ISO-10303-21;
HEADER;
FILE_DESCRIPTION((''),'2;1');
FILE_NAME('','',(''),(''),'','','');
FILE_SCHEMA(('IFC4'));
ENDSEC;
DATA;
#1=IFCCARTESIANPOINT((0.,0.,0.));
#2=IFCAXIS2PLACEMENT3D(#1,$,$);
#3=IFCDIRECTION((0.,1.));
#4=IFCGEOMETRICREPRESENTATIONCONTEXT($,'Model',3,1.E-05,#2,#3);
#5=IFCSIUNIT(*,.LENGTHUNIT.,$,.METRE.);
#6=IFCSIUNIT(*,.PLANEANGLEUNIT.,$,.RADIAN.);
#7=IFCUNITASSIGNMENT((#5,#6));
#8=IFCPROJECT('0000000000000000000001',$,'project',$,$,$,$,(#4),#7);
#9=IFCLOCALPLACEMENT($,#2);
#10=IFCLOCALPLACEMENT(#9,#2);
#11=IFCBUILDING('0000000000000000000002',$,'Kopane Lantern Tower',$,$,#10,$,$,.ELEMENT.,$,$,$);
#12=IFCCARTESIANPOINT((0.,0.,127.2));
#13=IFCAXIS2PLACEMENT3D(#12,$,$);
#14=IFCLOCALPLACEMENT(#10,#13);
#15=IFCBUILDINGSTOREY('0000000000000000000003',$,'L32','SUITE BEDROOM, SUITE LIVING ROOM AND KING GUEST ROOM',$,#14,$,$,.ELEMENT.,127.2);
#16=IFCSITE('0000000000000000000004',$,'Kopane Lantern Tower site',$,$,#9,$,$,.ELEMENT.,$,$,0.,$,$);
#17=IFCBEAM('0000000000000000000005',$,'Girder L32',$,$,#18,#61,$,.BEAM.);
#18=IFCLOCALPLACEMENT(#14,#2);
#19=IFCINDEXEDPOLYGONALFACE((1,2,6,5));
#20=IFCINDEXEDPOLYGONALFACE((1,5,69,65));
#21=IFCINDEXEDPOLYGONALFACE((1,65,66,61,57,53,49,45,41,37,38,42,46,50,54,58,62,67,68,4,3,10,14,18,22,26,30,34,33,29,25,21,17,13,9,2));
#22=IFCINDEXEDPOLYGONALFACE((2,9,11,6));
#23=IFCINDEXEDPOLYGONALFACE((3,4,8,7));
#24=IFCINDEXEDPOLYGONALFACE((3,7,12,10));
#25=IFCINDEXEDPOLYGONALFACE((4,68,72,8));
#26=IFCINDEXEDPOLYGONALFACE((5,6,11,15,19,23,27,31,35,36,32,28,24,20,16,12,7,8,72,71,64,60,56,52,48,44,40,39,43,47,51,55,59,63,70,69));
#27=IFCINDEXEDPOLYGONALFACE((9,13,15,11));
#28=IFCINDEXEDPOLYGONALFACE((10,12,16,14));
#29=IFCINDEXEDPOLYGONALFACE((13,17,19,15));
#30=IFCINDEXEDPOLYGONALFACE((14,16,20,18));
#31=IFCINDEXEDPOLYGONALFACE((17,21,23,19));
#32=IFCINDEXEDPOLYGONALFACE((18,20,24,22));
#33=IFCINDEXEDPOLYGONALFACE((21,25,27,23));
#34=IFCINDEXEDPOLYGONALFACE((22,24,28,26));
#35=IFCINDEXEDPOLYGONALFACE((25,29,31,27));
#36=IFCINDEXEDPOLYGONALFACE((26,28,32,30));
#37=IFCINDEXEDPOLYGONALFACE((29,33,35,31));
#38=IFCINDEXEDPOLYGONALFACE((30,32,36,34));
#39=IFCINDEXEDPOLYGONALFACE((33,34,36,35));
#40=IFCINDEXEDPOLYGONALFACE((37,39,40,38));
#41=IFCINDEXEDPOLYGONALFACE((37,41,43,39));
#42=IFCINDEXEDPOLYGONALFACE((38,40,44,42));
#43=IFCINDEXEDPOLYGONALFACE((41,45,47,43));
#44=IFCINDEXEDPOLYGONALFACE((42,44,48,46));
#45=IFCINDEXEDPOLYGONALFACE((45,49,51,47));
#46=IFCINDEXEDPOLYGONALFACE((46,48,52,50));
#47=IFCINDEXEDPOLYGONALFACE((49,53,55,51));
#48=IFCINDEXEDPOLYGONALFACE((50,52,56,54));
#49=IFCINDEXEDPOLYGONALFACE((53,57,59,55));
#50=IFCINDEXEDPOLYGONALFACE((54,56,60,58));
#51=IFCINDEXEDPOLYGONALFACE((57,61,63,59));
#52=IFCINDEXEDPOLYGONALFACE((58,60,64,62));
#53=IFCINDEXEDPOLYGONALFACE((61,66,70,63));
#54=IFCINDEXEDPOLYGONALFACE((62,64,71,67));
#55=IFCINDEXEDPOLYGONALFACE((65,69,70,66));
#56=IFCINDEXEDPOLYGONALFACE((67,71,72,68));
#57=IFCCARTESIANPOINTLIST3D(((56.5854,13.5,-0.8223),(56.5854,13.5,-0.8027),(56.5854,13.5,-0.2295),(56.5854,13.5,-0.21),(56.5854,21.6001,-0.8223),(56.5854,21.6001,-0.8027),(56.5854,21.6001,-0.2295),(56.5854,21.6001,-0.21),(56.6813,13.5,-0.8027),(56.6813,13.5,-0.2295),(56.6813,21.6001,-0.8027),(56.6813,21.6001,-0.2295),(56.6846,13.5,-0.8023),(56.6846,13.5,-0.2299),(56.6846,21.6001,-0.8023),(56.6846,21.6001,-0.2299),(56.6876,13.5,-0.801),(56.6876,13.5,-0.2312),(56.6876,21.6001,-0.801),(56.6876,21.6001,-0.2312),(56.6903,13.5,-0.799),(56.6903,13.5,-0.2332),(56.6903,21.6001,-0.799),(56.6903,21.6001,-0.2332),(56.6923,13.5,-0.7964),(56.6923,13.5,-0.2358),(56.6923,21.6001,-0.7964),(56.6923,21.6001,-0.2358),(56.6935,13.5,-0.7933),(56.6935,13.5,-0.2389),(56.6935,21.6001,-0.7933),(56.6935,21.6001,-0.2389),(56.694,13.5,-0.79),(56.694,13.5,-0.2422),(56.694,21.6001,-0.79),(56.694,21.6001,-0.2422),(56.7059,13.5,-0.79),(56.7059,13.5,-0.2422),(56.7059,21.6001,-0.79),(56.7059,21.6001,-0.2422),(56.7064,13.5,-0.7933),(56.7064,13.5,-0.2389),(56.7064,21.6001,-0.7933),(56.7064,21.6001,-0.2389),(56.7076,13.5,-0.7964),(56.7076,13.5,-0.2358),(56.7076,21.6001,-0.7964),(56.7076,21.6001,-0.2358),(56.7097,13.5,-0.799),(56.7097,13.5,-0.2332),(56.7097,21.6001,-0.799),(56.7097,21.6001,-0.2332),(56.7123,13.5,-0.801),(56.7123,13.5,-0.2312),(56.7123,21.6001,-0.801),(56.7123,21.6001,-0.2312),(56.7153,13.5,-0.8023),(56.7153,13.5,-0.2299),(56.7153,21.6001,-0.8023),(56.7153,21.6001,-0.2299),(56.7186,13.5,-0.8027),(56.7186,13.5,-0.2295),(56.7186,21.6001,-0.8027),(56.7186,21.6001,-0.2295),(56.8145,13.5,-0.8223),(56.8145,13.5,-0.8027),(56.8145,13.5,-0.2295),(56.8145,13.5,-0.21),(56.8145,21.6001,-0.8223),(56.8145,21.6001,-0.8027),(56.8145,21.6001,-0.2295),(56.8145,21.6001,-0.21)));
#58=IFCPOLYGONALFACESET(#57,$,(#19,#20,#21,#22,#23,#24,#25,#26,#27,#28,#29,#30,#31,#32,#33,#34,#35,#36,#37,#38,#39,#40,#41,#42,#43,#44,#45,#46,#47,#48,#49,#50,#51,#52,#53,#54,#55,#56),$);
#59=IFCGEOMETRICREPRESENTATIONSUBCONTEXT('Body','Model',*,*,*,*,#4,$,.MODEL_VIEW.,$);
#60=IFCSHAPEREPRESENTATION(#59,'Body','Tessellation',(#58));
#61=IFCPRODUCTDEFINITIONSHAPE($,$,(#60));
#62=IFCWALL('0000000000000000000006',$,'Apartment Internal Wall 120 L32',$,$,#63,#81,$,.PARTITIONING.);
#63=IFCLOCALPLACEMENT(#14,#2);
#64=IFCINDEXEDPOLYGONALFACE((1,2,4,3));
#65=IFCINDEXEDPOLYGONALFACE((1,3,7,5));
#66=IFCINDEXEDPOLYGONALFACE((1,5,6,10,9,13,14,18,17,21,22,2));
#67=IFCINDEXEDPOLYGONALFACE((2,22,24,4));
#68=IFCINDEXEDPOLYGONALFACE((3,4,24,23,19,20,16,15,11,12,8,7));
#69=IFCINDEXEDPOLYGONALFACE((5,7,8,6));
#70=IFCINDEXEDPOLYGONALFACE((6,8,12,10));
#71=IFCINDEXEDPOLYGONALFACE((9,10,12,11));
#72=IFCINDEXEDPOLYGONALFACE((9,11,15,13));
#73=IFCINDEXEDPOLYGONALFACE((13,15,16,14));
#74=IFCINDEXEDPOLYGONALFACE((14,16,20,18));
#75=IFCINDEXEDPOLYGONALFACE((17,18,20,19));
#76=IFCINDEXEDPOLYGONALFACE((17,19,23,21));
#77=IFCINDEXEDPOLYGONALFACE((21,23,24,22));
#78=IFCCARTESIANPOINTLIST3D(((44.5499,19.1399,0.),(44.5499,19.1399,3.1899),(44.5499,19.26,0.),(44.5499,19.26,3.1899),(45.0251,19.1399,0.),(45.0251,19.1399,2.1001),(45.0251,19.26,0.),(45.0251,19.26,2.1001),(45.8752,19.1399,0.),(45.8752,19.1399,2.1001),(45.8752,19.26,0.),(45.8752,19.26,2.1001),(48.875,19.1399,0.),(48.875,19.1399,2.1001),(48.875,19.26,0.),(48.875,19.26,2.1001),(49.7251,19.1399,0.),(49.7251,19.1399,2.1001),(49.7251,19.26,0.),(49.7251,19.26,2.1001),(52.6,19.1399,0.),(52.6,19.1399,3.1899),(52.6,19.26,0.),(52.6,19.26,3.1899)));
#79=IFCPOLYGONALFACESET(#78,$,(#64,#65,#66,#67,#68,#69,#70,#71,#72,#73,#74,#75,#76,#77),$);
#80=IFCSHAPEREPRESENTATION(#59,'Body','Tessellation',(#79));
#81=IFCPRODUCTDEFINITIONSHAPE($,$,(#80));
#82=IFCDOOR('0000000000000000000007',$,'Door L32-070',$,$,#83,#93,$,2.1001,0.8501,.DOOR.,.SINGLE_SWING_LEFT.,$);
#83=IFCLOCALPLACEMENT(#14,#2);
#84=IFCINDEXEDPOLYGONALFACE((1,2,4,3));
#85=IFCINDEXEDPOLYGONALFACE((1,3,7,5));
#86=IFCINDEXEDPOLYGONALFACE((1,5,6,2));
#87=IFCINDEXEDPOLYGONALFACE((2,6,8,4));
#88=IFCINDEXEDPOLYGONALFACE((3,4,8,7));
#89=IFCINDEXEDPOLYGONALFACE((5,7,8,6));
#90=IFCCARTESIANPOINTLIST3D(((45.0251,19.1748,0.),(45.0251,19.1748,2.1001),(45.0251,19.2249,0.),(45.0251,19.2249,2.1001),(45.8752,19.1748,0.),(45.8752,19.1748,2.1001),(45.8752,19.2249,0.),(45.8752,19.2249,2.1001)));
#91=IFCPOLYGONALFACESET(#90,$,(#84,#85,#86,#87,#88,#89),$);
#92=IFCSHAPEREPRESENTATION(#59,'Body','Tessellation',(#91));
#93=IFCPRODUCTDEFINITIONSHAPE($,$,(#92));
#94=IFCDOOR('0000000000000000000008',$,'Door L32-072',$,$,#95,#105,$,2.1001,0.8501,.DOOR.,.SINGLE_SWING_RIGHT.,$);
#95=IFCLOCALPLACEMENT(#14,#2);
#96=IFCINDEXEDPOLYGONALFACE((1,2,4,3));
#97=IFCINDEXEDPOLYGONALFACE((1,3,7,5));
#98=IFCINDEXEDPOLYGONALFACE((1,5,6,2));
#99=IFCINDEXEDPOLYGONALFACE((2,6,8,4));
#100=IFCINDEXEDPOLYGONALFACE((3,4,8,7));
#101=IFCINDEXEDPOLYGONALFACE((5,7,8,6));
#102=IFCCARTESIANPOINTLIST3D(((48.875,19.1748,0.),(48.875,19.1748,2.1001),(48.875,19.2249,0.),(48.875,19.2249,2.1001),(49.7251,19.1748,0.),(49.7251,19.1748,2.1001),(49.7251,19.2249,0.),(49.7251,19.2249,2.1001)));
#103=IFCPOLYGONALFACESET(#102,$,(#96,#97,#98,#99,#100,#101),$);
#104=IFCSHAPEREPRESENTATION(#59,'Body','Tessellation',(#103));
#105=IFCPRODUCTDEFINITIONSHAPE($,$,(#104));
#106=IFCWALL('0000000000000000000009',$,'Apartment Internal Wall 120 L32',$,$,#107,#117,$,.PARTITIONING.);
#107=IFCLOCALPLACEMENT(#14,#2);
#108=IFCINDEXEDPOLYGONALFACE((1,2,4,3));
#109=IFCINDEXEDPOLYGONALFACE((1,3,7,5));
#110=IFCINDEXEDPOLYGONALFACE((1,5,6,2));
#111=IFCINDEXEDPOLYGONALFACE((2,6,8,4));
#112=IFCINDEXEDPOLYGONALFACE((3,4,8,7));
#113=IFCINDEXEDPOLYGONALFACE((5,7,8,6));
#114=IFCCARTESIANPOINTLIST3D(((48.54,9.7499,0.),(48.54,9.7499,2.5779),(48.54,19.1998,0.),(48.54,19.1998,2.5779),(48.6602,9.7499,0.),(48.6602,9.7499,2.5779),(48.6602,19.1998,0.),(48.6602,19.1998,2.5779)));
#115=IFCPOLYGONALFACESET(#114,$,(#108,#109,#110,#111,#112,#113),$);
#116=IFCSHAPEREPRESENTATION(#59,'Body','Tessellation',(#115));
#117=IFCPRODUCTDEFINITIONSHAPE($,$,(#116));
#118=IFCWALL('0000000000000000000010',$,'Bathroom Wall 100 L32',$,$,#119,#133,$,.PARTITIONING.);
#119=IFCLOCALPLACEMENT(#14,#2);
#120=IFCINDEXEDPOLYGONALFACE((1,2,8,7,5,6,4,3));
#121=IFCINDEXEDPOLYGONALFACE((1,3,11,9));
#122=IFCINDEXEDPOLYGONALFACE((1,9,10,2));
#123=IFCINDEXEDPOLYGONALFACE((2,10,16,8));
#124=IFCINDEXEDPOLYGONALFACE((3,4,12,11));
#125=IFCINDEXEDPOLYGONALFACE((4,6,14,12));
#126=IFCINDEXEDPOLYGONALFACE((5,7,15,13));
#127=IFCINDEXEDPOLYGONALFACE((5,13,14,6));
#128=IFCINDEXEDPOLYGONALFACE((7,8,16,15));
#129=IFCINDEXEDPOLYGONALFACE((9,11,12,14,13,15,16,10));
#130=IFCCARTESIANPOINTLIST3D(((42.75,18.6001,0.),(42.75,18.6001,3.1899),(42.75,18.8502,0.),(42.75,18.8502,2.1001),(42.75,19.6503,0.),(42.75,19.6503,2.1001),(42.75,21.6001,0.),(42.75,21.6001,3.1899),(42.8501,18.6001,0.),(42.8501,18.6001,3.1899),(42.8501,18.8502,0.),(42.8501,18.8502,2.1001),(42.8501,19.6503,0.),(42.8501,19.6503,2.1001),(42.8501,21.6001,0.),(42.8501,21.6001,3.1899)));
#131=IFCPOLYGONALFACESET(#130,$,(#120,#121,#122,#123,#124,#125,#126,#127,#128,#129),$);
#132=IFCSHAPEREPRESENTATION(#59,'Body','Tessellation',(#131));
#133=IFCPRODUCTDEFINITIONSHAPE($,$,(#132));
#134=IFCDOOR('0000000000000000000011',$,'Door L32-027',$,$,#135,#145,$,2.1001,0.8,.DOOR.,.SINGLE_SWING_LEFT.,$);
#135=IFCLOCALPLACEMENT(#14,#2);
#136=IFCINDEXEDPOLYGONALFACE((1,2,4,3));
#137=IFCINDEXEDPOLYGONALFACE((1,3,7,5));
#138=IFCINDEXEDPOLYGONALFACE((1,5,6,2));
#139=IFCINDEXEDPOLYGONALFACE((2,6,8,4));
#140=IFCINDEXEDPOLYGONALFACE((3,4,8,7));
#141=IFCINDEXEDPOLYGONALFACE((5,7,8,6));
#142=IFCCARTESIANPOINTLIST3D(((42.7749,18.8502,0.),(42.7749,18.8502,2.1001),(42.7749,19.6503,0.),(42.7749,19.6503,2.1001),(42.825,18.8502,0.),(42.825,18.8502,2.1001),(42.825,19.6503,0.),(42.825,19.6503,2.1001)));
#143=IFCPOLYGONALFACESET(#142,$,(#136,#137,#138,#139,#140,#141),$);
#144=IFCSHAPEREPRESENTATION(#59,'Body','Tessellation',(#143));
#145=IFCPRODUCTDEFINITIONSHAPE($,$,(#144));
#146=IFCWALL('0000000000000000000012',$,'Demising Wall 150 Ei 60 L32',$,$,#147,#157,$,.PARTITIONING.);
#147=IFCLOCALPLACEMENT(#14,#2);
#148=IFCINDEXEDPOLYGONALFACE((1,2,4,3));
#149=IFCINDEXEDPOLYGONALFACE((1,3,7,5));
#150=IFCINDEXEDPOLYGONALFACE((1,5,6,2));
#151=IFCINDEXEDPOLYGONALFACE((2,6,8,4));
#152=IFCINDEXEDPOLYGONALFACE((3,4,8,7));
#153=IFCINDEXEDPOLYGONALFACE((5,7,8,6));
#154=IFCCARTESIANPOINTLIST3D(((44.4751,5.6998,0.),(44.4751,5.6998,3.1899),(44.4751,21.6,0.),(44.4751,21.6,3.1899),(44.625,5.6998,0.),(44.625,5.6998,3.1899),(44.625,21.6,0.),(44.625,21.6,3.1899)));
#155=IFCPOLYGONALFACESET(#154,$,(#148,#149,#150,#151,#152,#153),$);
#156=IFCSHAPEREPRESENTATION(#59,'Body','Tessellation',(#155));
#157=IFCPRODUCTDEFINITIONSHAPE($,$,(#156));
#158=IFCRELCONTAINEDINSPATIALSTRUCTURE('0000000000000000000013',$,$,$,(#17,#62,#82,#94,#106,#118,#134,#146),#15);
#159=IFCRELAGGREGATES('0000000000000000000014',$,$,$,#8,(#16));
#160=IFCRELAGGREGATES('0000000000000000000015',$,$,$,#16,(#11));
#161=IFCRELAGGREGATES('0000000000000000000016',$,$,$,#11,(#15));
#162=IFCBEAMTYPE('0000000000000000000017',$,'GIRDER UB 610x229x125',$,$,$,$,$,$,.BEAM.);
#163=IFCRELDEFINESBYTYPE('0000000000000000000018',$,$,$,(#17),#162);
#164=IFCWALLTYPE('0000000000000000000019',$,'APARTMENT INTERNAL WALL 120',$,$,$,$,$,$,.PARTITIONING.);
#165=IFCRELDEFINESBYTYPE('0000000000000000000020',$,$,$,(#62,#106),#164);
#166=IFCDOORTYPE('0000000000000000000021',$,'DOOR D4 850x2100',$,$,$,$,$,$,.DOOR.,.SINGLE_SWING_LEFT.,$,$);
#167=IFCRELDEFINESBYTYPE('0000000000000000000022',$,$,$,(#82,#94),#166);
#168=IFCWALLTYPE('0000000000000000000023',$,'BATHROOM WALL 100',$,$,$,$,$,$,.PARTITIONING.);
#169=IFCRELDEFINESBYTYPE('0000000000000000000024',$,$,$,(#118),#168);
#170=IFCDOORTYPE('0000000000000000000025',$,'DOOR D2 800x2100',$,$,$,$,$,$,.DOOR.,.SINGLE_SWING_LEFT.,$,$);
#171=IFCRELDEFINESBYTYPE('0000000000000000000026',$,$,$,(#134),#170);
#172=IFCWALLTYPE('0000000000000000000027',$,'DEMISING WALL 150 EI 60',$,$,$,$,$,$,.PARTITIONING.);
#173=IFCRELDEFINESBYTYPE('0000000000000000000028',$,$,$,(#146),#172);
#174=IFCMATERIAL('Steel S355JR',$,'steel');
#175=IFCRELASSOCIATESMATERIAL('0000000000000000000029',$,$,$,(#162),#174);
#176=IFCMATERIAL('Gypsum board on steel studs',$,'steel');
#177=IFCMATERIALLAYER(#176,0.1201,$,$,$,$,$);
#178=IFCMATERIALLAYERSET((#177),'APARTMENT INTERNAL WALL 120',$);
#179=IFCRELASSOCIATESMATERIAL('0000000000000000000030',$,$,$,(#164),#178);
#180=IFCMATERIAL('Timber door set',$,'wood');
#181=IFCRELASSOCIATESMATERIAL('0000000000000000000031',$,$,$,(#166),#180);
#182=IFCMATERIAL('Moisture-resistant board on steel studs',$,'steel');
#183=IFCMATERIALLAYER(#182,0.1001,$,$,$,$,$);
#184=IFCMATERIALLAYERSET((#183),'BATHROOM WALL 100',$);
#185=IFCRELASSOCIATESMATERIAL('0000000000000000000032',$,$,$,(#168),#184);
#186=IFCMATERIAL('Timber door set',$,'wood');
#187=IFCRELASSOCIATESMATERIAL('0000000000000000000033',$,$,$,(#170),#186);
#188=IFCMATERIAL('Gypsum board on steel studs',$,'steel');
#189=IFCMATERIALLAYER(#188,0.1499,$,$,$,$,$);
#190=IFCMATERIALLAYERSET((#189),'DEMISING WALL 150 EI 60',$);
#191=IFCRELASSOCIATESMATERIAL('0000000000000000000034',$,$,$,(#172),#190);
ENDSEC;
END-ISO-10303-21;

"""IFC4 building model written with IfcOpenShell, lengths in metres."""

from ifc_helpers import new_model, si_unit, direction, frame, frame_2d, origin, origin_2d, place, context, subcontext, project, spatial, rectangle, i_section, extrude, material, layer, layer_set, material_profile, profile_set, type_object, element, fill, save


model = new_model("IFC4")

# Units and contexts
model_context = context("Model", 3, precision=1e-05, world=origin(), true_north=direction((0.0, 1.0)))
body_context = subcontext(model_context, "Body", "Model", "MODEL_VIEW")
ifc_project = project(units=[si_unit("LENGTHUNIT", "METRE"), si_unit("PLANEANGLEUNIT", "RADIAN")], contexts=[model_context])

# Site, building, storey
site_placement = place(None, origin())
site = spatial("IfcSite", under=ifc_project, at=site_placement, Name="Kopane Lantern Tower site", CompositionType="ELEMENT", RefElevation=0.0)
building_placement = place(site_placement, origin())
building = spatial("IfcBuilding", under=site, at=building_placement, Name="Kopane Lantern Tower", CompositionType="ELEMENT")
storey_placement = place(building_placement, frame((0.0, 0.0, 127.2)))
storey = spatial("IfcBuildingStorey", under=building, at=storey_placement, Name="L32", Description="SUITE BEDROOM, SUITE LIVING ROOM AND KING GUEST ROOM", CompositionType="ELEMENT", Elevation=127.2)

# Beam
ifc_material_1 = material(Name="Steel S355JR", Category="steel")
ifc_material_profile_1 = material_profile(ifc_material_1, i_section(OverallWidth=0.229, OverallDepth=0.6123, WebThickness=0.012, FlangeThickness=0.0195, FilletRadius=0.0127, at=origin_2d()), Name="UB 610x229x125")
ifc_profile_set_1 = profile_set([ifc_material_profile_1], Name="Steel S355JR")
beam_type = type_object("IfcBeamType", Name="GIRDER UB 610x229x125", PredefinedType="BEAM", material=ifc_profile_set_1)
beam_placement = place(storey_placement, frame((56.7, 13.5, -0.5161), z_axis=(0.0, 1.0, 0.0), x_axis=(-1.0, 0.0, 0.0)))
element("IfcBeam", 1, at=beam_placement, inside=storey, type_object=beam_type, Name="Girder L32", PredefinedType="BEAM", context=body_context, shape_type="SweptSolid", body=[
    extrude(i_section(OverallWidth=0.229, OverallDepth=0.6123, WebThickness=0.012, FlangeThickness=0.0195, FilletRadius=0.0127, at=origin_2d()), origin(), (0.0, 0.0, 1.0), 8.1001),
])

# Wall, openings, doors
ifc_material_2 = material(Name="Gypsum board on steel studs", Category="steel")
ifc_layer_1 = layer(ifc_material_2, 0.1201)
ifc_layer_set_1 = layer_set([ifc_layer_1], Name="APARTMENT INTERNAL WALL 120")
wall_type_1 = type_object("IfcWallType", Name="APARTMENT INTERNAL WALL 120", PredefinedType="PARTITIONING", material=ifc_layer_set_1)
wall_1_placement = place(storey_placement, frame((44.55, 19.2, 0.0), z_axis=(0.0, 0.0, 1.0), x_axis=(1.0, 0.0, 0.0)))
wall_1 = element("IfcWall", 2, at=wall_1_placement, inside=storey, type_object=wall_type_1, Name="Apartment Internal Wall 120 L32", PredefinedType="PARTITIONING", context=body_context, shape_type="SweptSolid", body=[
    extrude(rectangle(XDim=8.05, YDim=0.1201, at=frame_2d((4.0249, 0.0))), origin(), (0.0, 0.0, 1.0), 3.1899),
])
opening_1_placement = place(wall_1_placement, frame((0.4751, 0.0, 0.0)))
opening_1 = element("IfcOpeningElement", 3, at=opening_1_placement, cuts=wall_1, PredefinedType="OPENING", context=body_context, shape_type="SweptSolid", body=[
    extrude(rectangle(XDim=0.8501, YDim=2.1001, at=frame_2d((0.425, 1.05))), frame((0.0, 0.0701, 0.0), z_axis=(0.0, -1.0, 0.0), x_axis=(1.0, 0.0, 0.0)), (0.0, 0.0, 1.0), 0.1401),
])
opening_2_placement = place(wall_1_placement, frame((4.325, 0.0, 0.0)))
opening_2 = element("IfcOpeningElement", 4, at=opening_2_placement, cuts=wall_1, PredefinedType="OPENING", context=body_context, shape_type="SweptSolid", body=[
    extrude(rectangle(XDim=0.8501, YDim=2.1001, at=frame_2d((0.425, 1.05))), frame((0.0, 0.0701, 0.0), z_axis=(0.0, -1.0, 0.0), x_axis=(1.0, 0.0, 0.0)), (0.0, 0.0, 1.0), 0.1401),
])
ifc_material_3 = material(Name="Timber door set", Category="wood")
door_type_1 = type_object("IfcDoorType", Name="DOOR D4 850x2100", OperationType="SINGLE_SWING_LEFT", PredefinedType="DOOR", material=ifc_material_3)
door_1_placement = place(opening_1_placement, origin())
door_1 = element("IfcDoor", 5, at=door_1_placement, inside=storey, type_object=door_type_1, Name="Door L32-070", OperationType="SINGLE_SWING_LEFT", OverallHeight=2.1001, OverallWidth=0.8501, PredefinedType="DOOR", context=body_context, shape_type="SweptSolid", body=[
    extrude(rectangle(XDim=0.8501, YDim=2.1001, at=frame_2d((0.425, 1.05))), frame((0.0, 0.0249, 0.0), z_axis=(0.0, -1.0, 0.0), x_axis=(1.0, 0.0, 0.0)), (0.0, 0.0, 1.0), 0.05),
])
fill(opening_1, door_1)
door_2_placement = place(opening_2_placement, origin())
door_2 = element("IfcDoor", 6, at=door_2_placement, inside=storey, type_object=door_type_1, Name="Door L32-072", OperationType="SINGLE_SWING_RIGHT", OverallHeight=2.1001, OverallWidth=0.8501, PredefinedType="DOOR", context=body_context, shape_type="SweptSolid", body=[
    extrude(rectangle(XDim=0.8501, YDim=2.1001, at=frame_2d((0.425, 1.05))), frame((0.0, 0.0249, 0.0), z_axis=(0.0, -1.0, 0.0), x_axis=(1.0, 0.0, 0.0)), (0.0, 0.0, 1.0), 0.05),
])
fill(opening_2, door_2)

# Wall
wall_2_placement = place(storey_placement, frame((48.6001, 19.2, 0.0), z_axis=(0.0, 0.0, 1.0), x_axis=(0.0, -1.0, 0.0)))
element("IfcWall", 7, at=wall_2_placement, inside=storey, type_object=wall_type_1, Name="Apartment Internal Wall 120 L32", PredefinedType="PARTITIONING", context=body_context, shape_type="SweptSolid", body=[
    extrude(rectangle(XDim=9.45, YDim=0.1201, at=frame_2d((4.7251, 0.0))), origin(), (0.0, 0.0, 1.0), 2.5779),
])

# Wall, opening, door
ifc_material_4 = material(Name="Moisture-resistant board on steel studs", Category="steel")
ifc_layer_2 = layer(ifc_material_4, 0.1001)
ifc_layer_set_2 = layer_set([ifc_layer_2], Name="BATHROOM WALL 100")
wall_type_2 = type_object("IfcWallType", Name="BATHROOM WALL 100", PredefinedType="PARTITIONING", material=ifc_layer_set_2)
wall_3_placement = place(storey_placement, frame((42.8, 21.6001, 0.0), z_axis=(0.0, 0.0, 1.0), x_axis=(0.0, -1.0, 0.0)))
wall_3 = element("IfcWall", 8, at=wall_3_placement, inside=storey, type_object=wall_type_2, Name="Bathroom Wall 100 L32", PredefinedType="PARTITIONING", context=body_context, shape_type="SweptSolid", body=[
    extrude(rectangle(XDim=3.0, YDim=0.1001, at=frame_2d((1.5, 0.0))), origin(), (0.0, 0.0, 1.0), 3.1899),
])
opening_3_placement = place(wall_3_placement, frame((1.95, 0.0, 0.0)))
opening_3 = element("IfcOpeningElement", 9, at=opening_3_placement, cuts=wall_3, PredefinedType="OPENING", context=body_context, shape_type="SweptSolid", body=[
    extrude(rectangle(XDim=0.8, YDim=2.1001, at=frame_2d((0.3999, 1.05))), frame((0.0, 0.0601, 0.0), z_axis=(0.0, -1.0, 0.0), x_axis=(1.0, 0.0, 0.0)), (0.0, 0.0, 1.0), 0.1201),
])
ifc_material_5 = material(Name="Timber door set", Category="wood")
door_type_2 = type_object("IfcDoorType", Name="DOOR D2 800x2100", OperationType="SINGLE_SWING_LEFT", PredefinedType="DOOR", material=ifc_material_5)
door_3_placement = place(opening_3_placement, origin())
door_3 = element("IfcDoor", 10, at=door_3_placement, inside=storey, type_object=door_type_2, Name="Door L32-027", OperationType="SINGLE_SWING_LEFT", OverallHeight=2.1001, OverallWidth=0.8, PredefinedType="DOOR", context=body_context, shape_type="SweptSolid", body=[
    extrude(rectangle(XDim=0.8, YDim=2.1001, at=frame_2d((0.3999, 1.05))), frame((0.0, 0.0249, 0.0), z_axis=(0.0, -1.0, 0.0), x_axis=(1.0, 0.0, 0.0)), (0.0, 0.0, 1.0), 0.05),
])
fill(opening_3, door_3)

# Wall
ifc_material_6 = material(Name="Gypsum board on steel studs", Category="steel")
ifc_layer_3 = layer(ifc_material_6, 0.1499)
ifc_layer_set_3 = layer_set([ifc_layer_3], Name="DEMISING WALL 150 EI 60")
wall_type_3 = type_object("IfcWallType", Name="DEMISING WALL 150 EI 60", PredefinedType="PARTITIONING", material=ifc_layer_set_3)
wall_4_placement = place(storey_placement, frame((44.55, 21.6001, 0.0), z_axis=(0.0, 0.0, 1.0), x_axis=(0.0, -1.0, 0.0)))
element("IfcWall", 11, at=wall_4_placement, inside=storey, type_object=wall_type_3, Name="Demising Wall 150 Ei 60 L32", PredefinedType="PARTITIONING", context=body_context, shape_type="SweptSolid", body=[
    extrude(rectangle(XDim=15.9001, YDim=0.1499, at=frame_2d((7.9502, 0.0))), origin(), (0.0, 0.0, 1.0), 3.1899),
])

save(model, "model.ifc")
